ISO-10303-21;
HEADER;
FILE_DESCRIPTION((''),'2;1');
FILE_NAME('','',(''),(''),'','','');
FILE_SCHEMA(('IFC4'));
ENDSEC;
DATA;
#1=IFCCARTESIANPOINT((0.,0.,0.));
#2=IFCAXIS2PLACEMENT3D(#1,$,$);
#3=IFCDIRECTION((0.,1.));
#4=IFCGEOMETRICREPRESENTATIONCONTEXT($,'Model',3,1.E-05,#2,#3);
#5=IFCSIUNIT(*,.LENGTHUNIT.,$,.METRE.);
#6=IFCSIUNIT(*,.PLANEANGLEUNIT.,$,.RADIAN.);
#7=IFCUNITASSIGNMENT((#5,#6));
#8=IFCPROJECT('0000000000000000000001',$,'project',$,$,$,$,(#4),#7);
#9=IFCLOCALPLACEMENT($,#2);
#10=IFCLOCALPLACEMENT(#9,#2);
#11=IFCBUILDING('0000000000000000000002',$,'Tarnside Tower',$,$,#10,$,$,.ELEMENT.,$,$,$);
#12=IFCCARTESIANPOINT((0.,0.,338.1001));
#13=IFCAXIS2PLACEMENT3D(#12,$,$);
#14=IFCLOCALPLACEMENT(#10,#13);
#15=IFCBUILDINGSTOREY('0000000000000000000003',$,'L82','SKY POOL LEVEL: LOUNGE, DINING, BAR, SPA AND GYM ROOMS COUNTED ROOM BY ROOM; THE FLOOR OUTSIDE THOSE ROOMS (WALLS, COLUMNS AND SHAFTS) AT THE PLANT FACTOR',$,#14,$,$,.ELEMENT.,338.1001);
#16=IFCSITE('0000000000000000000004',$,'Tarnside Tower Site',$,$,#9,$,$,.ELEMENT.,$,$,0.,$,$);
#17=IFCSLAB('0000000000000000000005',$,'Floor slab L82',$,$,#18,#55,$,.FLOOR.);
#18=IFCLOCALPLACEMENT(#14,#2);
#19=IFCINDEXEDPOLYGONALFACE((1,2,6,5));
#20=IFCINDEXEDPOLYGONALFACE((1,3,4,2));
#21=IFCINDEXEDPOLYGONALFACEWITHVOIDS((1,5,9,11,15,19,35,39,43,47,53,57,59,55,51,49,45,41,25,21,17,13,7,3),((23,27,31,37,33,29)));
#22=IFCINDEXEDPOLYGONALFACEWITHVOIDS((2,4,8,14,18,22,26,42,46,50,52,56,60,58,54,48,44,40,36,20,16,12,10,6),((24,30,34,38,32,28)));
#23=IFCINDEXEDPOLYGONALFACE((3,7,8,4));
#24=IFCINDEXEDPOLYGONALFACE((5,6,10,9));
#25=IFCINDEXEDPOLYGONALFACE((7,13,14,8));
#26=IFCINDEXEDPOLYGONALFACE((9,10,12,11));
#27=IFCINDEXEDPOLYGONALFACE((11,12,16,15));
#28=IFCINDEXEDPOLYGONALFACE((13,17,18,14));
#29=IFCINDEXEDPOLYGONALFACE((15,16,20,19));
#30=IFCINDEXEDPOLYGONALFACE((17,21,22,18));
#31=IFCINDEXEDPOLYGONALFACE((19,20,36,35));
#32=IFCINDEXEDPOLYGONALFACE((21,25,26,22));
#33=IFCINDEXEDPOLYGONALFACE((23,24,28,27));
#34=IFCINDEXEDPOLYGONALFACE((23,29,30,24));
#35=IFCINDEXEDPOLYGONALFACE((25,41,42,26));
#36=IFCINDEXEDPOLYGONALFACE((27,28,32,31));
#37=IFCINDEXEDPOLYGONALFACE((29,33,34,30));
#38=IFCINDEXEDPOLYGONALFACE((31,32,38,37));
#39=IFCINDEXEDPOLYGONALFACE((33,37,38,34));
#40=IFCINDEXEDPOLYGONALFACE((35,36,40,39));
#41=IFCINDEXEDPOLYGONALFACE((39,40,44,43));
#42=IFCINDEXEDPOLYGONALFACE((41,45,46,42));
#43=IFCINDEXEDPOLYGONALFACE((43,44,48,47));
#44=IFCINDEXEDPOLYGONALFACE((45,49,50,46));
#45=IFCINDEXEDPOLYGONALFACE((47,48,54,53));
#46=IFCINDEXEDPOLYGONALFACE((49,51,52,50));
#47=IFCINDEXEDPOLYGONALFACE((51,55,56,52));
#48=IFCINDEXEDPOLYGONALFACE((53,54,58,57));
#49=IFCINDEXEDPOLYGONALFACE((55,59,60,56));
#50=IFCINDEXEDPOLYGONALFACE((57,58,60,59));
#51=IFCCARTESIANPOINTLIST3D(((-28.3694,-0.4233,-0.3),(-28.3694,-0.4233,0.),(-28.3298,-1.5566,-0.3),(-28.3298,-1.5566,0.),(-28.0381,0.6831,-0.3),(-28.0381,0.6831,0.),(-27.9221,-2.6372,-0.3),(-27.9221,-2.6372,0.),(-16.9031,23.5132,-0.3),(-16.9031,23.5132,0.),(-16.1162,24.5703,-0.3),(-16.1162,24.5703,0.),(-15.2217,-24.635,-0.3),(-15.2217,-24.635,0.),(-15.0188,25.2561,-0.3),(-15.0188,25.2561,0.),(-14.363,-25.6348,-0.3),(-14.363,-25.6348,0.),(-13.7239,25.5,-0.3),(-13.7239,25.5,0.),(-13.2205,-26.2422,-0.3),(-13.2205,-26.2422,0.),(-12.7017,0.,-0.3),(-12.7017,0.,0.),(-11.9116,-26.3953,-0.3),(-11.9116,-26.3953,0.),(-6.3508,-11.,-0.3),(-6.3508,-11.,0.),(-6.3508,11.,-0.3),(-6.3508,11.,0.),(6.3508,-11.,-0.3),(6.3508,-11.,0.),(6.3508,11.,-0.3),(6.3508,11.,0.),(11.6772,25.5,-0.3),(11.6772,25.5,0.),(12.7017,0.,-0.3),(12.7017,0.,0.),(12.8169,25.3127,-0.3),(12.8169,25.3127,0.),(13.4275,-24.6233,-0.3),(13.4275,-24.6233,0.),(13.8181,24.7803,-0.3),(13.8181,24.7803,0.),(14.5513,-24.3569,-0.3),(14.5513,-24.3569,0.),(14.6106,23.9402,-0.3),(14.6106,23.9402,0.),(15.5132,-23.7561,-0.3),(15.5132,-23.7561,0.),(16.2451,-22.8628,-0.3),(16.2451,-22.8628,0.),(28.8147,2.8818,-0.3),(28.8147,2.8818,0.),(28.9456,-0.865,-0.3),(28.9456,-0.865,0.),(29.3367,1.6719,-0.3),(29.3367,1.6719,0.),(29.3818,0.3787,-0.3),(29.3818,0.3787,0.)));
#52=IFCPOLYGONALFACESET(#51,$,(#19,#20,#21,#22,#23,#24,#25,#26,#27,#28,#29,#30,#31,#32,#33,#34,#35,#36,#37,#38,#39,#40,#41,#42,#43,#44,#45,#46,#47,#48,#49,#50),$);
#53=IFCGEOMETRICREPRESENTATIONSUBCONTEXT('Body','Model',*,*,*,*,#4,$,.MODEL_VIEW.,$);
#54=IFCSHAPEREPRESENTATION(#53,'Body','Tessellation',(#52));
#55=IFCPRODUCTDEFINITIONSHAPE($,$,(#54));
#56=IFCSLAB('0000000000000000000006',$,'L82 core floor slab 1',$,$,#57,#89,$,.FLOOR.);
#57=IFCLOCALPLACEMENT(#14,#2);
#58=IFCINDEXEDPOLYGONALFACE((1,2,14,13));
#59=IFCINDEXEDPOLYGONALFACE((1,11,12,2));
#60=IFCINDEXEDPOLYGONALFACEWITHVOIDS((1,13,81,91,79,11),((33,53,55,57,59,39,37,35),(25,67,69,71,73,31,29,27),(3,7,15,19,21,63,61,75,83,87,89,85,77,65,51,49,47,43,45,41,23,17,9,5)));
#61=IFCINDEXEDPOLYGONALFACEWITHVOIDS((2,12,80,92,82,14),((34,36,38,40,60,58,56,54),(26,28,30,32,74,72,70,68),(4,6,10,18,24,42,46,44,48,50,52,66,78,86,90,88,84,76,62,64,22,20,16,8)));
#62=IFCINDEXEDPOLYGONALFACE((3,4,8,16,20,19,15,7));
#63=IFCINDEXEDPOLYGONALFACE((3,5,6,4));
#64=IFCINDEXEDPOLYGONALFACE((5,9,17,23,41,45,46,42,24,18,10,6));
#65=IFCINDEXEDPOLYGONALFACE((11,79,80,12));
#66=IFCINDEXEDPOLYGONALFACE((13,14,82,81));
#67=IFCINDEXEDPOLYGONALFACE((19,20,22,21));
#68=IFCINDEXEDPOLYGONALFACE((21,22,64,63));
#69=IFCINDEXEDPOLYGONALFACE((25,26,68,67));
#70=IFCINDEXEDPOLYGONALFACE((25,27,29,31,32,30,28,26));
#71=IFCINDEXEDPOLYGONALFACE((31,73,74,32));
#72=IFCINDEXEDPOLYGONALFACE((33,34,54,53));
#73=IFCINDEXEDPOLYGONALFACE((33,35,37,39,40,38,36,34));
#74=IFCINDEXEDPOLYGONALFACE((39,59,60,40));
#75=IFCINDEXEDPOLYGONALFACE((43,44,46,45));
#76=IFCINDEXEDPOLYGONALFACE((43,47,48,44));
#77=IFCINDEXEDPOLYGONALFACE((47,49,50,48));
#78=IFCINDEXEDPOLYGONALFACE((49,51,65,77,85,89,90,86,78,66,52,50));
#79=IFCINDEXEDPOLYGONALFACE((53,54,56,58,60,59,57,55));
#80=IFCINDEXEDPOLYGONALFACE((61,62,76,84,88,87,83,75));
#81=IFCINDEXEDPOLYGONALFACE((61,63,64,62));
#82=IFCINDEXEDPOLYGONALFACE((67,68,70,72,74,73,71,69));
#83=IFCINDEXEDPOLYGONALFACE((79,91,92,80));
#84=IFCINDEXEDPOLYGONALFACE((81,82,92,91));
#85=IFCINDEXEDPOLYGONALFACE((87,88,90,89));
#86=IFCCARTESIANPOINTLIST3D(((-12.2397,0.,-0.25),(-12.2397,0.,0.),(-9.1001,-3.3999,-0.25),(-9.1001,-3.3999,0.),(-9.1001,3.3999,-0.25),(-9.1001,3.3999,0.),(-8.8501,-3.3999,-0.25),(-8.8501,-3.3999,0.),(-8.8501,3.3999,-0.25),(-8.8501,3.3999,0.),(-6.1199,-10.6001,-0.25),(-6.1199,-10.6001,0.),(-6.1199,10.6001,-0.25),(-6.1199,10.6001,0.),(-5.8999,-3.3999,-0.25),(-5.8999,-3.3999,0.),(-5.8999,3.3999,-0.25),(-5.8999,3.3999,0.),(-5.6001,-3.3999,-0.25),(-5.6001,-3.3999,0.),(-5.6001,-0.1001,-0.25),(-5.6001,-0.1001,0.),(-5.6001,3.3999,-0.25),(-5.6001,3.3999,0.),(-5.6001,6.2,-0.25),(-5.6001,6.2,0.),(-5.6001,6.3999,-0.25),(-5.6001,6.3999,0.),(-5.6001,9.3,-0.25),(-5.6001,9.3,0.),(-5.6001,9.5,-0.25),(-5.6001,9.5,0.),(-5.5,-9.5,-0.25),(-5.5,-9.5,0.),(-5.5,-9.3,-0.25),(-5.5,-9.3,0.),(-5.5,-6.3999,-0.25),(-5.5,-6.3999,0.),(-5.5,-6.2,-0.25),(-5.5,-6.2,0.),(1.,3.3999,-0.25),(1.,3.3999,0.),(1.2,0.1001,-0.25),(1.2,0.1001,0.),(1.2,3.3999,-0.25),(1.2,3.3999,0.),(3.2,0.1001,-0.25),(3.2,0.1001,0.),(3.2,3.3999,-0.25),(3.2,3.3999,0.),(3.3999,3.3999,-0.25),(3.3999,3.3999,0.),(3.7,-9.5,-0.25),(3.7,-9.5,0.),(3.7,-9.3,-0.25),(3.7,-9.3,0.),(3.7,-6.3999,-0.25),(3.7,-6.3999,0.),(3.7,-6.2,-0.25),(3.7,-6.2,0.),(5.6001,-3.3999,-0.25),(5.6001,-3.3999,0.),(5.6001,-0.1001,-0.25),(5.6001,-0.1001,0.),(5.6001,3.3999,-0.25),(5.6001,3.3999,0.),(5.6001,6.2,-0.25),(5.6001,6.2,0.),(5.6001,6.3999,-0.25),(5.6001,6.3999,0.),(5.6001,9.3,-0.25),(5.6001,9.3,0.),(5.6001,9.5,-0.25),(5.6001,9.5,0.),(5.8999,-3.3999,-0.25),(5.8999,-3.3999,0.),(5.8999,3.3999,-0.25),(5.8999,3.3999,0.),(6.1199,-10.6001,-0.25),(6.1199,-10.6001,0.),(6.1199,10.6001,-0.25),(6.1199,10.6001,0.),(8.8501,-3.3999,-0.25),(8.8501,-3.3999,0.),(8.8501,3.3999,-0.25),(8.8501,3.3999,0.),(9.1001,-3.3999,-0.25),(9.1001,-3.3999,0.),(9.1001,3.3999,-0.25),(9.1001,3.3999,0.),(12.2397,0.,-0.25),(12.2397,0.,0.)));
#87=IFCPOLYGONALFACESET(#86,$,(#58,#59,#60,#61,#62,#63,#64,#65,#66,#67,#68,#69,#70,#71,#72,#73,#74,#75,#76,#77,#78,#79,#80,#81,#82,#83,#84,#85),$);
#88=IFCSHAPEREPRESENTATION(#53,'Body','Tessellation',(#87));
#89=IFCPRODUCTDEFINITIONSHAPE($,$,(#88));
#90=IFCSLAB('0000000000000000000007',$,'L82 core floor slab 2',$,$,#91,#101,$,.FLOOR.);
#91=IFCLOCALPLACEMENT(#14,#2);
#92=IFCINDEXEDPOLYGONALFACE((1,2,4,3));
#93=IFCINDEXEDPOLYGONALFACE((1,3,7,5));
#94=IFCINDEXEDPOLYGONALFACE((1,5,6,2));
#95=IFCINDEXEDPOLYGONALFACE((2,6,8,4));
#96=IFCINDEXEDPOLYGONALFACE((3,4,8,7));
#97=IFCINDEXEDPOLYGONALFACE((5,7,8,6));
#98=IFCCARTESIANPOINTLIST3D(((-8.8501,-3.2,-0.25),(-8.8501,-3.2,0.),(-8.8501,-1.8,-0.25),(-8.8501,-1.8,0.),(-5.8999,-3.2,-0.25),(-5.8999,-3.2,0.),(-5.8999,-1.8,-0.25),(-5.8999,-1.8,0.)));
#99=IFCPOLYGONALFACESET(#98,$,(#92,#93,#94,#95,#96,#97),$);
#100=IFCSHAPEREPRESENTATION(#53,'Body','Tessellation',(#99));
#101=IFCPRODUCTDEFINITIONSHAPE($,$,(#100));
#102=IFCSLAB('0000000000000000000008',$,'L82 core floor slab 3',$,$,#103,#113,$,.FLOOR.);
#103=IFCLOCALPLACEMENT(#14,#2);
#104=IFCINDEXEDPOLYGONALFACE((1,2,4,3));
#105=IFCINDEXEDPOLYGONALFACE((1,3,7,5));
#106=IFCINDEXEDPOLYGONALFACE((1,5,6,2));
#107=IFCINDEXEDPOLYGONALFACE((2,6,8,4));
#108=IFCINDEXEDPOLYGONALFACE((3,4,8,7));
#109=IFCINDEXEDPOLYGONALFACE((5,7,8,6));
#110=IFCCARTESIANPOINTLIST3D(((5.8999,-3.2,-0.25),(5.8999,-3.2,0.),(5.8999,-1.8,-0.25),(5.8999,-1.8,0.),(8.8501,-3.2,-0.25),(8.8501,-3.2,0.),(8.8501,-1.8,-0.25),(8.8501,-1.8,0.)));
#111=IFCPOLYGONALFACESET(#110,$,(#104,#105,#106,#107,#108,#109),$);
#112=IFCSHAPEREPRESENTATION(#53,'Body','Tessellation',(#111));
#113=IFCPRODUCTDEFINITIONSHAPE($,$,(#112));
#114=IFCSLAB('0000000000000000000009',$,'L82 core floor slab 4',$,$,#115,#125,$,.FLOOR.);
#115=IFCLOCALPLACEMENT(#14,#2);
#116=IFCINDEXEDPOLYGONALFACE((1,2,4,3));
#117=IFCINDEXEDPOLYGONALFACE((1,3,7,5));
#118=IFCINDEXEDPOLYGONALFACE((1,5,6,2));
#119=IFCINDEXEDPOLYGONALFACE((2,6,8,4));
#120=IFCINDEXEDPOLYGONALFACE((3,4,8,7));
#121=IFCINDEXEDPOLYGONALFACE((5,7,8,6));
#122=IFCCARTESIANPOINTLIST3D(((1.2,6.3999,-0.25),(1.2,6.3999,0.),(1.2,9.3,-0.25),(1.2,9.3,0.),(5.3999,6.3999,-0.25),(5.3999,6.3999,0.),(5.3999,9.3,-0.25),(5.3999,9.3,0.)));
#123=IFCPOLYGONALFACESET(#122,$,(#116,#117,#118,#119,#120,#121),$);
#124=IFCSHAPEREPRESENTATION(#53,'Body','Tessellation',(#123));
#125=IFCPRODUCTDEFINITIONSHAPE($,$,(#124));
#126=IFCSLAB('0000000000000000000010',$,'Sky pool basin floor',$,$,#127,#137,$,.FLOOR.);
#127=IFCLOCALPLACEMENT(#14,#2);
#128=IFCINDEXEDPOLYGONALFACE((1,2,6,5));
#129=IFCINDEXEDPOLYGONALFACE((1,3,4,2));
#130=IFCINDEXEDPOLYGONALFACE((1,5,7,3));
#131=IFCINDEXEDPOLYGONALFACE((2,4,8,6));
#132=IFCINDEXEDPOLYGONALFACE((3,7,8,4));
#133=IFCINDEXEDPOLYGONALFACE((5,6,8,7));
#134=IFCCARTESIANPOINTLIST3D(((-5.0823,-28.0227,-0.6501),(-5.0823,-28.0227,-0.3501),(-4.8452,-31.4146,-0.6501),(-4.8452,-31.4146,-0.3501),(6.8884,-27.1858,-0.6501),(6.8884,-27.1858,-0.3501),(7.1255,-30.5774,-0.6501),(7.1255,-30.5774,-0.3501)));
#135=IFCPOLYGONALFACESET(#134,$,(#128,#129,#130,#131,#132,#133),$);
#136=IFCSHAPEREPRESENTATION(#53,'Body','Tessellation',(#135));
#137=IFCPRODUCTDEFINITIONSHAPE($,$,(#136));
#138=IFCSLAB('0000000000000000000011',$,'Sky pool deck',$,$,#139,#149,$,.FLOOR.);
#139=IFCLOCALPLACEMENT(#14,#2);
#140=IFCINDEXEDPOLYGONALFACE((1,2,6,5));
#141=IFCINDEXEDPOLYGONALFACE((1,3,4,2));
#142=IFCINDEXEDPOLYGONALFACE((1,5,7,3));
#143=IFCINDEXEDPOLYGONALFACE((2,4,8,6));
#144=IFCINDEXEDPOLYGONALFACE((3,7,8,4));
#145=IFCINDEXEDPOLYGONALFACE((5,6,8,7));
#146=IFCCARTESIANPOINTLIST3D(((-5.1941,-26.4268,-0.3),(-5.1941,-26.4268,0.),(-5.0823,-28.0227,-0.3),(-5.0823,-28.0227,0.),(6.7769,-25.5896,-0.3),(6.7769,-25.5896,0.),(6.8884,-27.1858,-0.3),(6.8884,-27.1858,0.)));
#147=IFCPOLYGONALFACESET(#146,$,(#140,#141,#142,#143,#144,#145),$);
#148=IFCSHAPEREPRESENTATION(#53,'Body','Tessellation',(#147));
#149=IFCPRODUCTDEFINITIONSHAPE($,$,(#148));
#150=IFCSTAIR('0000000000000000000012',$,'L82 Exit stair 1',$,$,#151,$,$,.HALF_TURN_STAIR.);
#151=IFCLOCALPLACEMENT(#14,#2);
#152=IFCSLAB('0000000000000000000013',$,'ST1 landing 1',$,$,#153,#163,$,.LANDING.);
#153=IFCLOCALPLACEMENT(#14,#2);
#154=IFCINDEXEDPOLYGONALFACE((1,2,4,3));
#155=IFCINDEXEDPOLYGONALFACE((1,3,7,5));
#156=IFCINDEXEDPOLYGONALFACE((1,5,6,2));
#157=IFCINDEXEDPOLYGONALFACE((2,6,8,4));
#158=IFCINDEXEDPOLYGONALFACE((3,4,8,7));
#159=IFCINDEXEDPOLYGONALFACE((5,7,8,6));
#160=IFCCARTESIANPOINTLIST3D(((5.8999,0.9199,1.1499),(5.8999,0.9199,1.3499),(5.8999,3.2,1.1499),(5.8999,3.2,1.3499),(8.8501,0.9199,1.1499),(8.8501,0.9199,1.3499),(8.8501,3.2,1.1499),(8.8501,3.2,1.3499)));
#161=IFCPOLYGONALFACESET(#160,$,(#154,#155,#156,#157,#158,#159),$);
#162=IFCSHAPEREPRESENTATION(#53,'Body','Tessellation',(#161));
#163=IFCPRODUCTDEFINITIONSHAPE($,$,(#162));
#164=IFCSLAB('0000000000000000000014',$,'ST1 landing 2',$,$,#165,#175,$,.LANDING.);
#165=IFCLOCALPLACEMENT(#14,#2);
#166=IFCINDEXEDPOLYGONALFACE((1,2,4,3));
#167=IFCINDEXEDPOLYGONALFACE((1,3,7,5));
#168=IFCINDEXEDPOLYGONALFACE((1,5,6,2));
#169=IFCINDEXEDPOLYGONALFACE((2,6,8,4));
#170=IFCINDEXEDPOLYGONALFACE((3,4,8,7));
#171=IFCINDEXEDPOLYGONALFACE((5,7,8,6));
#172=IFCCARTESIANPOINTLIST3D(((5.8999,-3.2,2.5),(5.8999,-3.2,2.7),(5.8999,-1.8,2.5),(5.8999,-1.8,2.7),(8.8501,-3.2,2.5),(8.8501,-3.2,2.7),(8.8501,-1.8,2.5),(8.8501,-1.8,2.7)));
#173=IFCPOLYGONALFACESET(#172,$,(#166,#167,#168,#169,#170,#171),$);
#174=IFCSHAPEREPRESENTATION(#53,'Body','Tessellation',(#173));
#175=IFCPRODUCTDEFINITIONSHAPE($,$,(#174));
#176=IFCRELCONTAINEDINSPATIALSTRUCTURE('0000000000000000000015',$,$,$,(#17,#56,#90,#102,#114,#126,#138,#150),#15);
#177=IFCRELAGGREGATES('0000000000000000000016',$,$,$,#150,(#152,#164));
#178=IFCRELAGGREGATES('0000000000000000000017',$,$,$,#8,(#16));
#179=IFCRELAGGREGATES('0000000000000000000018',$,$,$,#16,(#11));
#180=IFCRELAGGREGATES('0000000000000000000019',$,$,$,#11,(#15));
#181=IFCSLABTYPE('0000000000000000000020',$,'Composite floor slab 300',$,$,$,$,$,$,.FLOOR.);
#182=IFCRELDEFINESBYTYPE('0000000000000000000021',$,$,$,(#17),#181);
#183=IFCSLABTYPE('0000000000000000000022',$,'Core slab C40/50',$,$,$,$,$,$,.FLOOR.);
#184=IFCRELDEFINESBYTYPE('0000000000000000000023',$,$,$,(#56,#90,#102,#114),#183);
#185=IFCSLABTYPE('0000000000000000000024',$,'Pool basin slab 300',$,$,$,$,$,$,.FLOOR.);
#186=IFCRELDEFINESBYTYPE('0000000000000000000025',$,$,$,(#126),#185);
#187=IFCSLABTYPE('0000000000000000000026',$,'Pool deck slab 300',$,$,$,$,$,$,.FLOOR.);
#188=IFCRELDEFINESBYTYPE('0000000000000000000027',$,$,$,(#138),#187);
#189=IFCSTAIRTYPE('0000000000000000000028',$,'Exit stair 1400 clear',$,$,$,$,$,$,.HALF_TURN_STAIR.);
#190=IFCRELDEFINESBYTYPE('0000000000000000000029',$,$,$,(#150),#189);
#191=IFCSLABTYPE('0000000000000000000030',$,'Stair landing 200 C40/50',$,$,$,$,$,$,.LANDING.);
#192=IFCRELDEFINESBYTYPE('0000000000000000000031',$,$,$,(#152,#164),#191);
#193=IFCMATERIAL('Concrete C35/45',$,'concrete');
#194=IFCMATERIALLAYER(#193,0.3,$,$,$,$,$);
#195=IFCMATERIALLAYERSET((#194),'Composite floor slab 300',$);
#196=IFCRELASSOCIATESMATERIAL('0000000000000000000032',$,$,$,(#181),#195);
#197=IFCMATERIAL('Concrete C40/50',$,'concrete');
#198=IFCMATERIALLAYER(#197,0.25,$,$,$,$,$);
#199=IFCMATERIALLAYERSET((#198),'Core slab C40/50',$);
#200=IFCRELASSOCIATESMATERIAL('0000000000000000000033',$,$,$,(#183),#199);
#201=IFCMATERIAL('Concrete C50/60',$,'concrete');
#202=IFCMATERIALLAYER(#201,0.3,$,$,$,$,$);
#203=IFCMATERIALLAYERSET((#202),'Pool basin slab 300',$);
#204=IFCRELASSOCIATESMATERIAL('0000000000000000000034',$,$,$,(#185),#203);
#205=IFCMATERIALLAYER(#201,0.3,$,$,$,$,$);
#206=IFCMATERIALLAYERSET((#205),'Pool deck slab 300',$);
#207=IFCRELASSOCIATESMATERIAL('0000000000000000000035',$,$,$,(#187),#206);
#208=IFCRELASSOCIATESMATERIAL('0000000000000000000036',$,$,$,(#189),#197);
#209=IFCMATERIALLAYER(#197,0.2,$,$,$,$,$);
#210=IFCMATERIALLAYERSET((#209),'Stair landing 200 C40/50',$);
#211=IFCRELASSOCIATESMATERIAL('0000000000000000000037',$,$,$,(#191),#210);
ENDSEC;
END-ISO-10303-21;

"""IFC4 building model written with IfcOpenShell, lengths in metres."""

from ifc_helpers import new_model, si_unit, direction, frame, origin, place, context, subcontext, project, spatial, polyline, outline, extrude, material, layer, layer_set, type_object, element, aggregate, save


model = new_model("IFC4")

# Units and contexts
model_context = context("Model", 3, precision=1e-05, world=origin(), true_north=direction((0.0, 1.0)))
body_context = subcontext(model_context, "Body", "Model", "MODEL_VIEW")
ifc_project = project(units=[si_unit("LENGTHUNIT", "METRE"), si_unit("PLANEANGLEUNIT", "RADIAN")], contexts=[model_context])

# Site, building, storey
site_placement = place(None, origin())
site = spatial("IfcSite", under=ifc_project, at=site_placement, Name="Tarnside Tower Site", CompositionType="ELEMENT", RefElevation=0.0)
building_placement = place(site_placement, origin())
building = spatial("IfcBuilding", under=site, at=building_placement, Name="Tarnside Tower", CompositionType="ELEMENT")
storey_placement = place(building_placement, frame((0.0, 0.0, 338.1001)))
storey = spatial("IfcBuildingStorey", under=building, at=storey_placement, Name="L82", Description="SKY POOL LEVEL: LOUNGE, DINING, BAR, SPA AND GYM ROOMS COUNTED ROOM BY ROOM; THE FLOOR OUTSIDE THOSE ROOMS (WALLS, COLUMNS AND SHAFTS) AT THE PLANT FACTOR", CompositionType="ELEMENT", Elevation=338.1001)

# Slabs
ifc_material_1 = material(Name="Concrete C35/45", Category="concrete")
ifc_layer_1 = layer(ifc_material_1, 0.3)
ifc_layer_set_1 = layer_set([ifc_layer_1], Name="Composite floor slab 300")
slab_type_1 = type_object("IfcSlabType", Name="Composite floor slab 300", PredefinedType="FLOOR", material=ifc_layer_set_1)
slab_1_placement = place(storey_placement, frame((0.0, 0.0, -0.3)))
element("IfcSlab", 1, at=slab_1_placement, inside=storey, type_object=slab_type_1, Name="Floor slab L82", PredefinedType="FLOOR", context=body_context, shape_type="SweptSolid", body=[
    extrude(outline(polyline([(12.8169, 25.3127), (13.8181, 24.7803), (14.6106, 23.9402), (28.8147, 2.8818), (29.3367, 1.6719), (29.3818, 0.3787), (28.9456, -0.865), (16.2451, -22.8628), (15.5132, -23.7561), (14.5513, -24.3569), (13.4275, -24.6233), (-11.9116, -26.3953), (-13.2205, -26.2422), (-14.363, -25.6348), (-15.2217, -24.635), (-27.9221, -2.6372), (-28.3298, -1.5566), (-28.3694, -0.4233), (-28.0381, 0.6831), (-16.9031, 23.5132), (-16.1162, 24.5703), (-15.0188, 25.2561), (-13.7239, 25.5), (11.6772, 25.5), (12.8169, 25.3127)]), holes=[polyline([(-12.7017, 0.0), (-6.3508, -11.0), (6.3508, -11.0), (12.7017, 0.0), (6.3508, 11.0), (-6.3508, 11.0), (-12.7017, 0.0)])]), origin(), (0.0, 0.0, 1.0), 0.3),
])
ifc_material_2 = material(Name="Concrete C40/50", Category="concrete")
ifc_layer_2 = layer(ifc_material_2, 0.25)
ifc_layer_set_2 = layer_set([ifc_layer_2], Name="Core slab C40/50")
slab_type_2 = type_object("IfcSlabType", Name="Core slab C40/50", PredefinedType="FLOOR", material=ifc_layer_set_2)
slab_2_placement = place(storey_placement, frame((0.0, 0.0, -0.25)))
element("IfcSlab", 2, at=slab_2_placement, inside=storey, type_object=slab_type_2, Name="L82 core floor slab 1", PredefinedType="FLOOR", context=body_context, shape_type="SweptSolid", body=[
    extrude(outline(polyline([(6.1199, 10.6001), (12.2397, 0.0), (6.1199, -10.6001), (-6.1199, -10.6001), (-12.2397, 0.0), (-6.1199, 10.6001), (6.1199, 10.6001)]), holes=[polyline([(-5.5, -9.5), (3.7, -9.5), (3.7, -9.3), (3.7, -6.3999), (3.7, -6.2), (-5.5, -6.2), (-5.5, -6.3999), (-5.5, -9.3), (-5.5, -9.5)]), polyline([(-5.6001, -3.3999), (-5.6001, -0.1001), (5.6001, -0.1001), (5.6001, -3.3999), (5.8999, -3.3999), (8.8501, -3.3999), (9.1001, -3.3999), (9.1001, 3.3999), (8.8501, 3.3999), (5.8999, 3.3999), (5.6001, 3.3999), (3.3999, 3.3999), (3.2, 3.3999), (3.2, 0.1001), (1.2, 0.1001), (1.2, 3.3999), (1.0, 3.3999), (-5.6001, 3.3999), (-5.8999, 3.3999), (-8.8501, 3.3999), (-9.1001, 3.3999), (-9.1001, -3.3999), (-8.8501, -3.3999), (-5.8999, -3.3999), (-5.6001, -3.3999)]), polyline([(-5.6001, 6.2), (5.6001, 6.2), (5.6001, 6.3999), (5.6001, 9.3), (5.6001, 9.5), (-5.6001, 9.5), (-5.6001, 9.3), (-5.6001, 6.3999), (-5.6001, 6.2)])]), origin(), (0.0, 0.0, 1.0), 0.25),
])
slab_3_placement = place(storey_placement, frame((0.0, 0.0, -0.25)))
element("IfcSlab", 3, at=slab_3_placement, inside=storey, type_object=slab_type_2, Name="L82 core floor slab 2", PredefinedType="FLOOR", context=body_context, shape_type="SweptSolid", body=[
    extrude(outline(polyline([(-8.8501, -3.2), (-8.8501, -1.8), (-5.8999, -1.8), (-5.8999, -3.2), (-8.8501, -3.2)])), origin(), (0.0, 0.0, 1.0), 0.25),
])
slab_4_placement = place(storey_placement, frame((0.0, 0.0, -0.25)))
element("IfcSlab", 4, at=slab_4_placement, inside=storey, type_object=slab_type_2, Name="L82 core floor slab 3", PredefinedType="FLOOR", context=body_context, shape_type="SweptSolid", body=[
    extrude(outline(polyline([(5.8999, -1.8), (8.8501, -1.8), (8.8501, -3.2), (5.8999, -3.2), (5.8999, -1.8)])), origin(), (0.0, 0.0, 1.0), 0.25),
])
slab_5_placement = place(storey_placement, frame((0.0, 0.0, -0.25)))
element("IfcSlab", 5, at=slab_5_placement, inside=storey, type_object=slab_type_2, Name="L82 core floor slab 4", PredefinedType="FLOOR", context=body_context, shape_type="SweptSolid", body=[
    extrude(outline(polyline([(5.3999, 6.3999), (1.2, 6.3999), (1.2, 9.3), (5.3999, 9.3), (5.3999, 6.3999)])), origin(), (0.0, 0.0, 1.0), 0.25),
])
ifc_material_3 = material(Name="Concrete C50/60", Category="concrete")
ifc_layer_3 = layer(ifc_material_3, 0.3)
ifc_layer_set_3 = layer_set([ifc_layer_3], Name="Pool basin slab 300")
slab_type_3 = type_object("IfcSlabType", Name="Pool basin slab 300", PredefinedType="FLOOR", material=ifc_layer_set_3)
slab_6_placement = place(storey_placement, frame((0.0, 0.0, -0.6501)))
element("IfcSlab", 6, at=slab_6_placement, inside=storey, type_object=slab_type_3, Name="Sky pool basin floor", PredefinedType="FLOOR", context=body_context, shape_type="SweptSolid", body=[
    extrude(outline(polyline([(-5.0823, -28.0227), (6.8884, -27.1858), (7.1255, -30.5774), (-4.8452, -31.4146), (-5.0823, -28.0227)])), origin(), (0.0, 0.0, 1.0), 0.3),
])
ifc_layer_4 = layer(ifc_material_3, 0.3)
ifc_layer_set_4 = layer_set([ifc_layer_4], Name="Pool deck slab 300")
slab_type_4 = type_object("IfcSlabType", Name="Pool deck slab 300", PredefinedType="FLOOR", material=ifc_layer_set_4)
slab_7_placement = place(storey_placement, frame((0.0, 0.0, -0.3)))
element("IfcSlab", 7, at=slab_7_placement, inside=storey, type_object=slab_type_4, Name="Sky pool deck", PredefinedType="FLOOR", context=body_context, shape_type="SweptSolid", body=[
    extrude(outline(polyline([(-5.1941, -26.4268), (6.7769, -25.5896), (6.8884, -27.1858), (-5.0823, -28.0227), (-5.1941, -26.4268)])), origin(), (0.0, 0.0, 1.0), 0.3),
])

# Stair, slabs
stair_type = type_object("IfcStairType", Name="Exit stair 1400 clear", PredefinedType="HALF_TURN_STAIR", material=ifc_material_2)
stair_1_placement = place(storey_placement, origin())
stair_1 = element("IfcStair", 8, at=stair_1_placement, inside=storey, type_object=stair_type, Name="L82 Exit stair 1", PredefinedType="HALF_TURN_STAIR")
ifc_layer_5 = layer(ifc_material_2, 0.2)
ifc_layer_set_5 = layer_set([ifc_layer_5], Name="Stair landing 200 C40/50")
slab_type_5 = type_object("IfcSlabType", Name="Stair landing 200 C40/50", PredefinedType="LANDING", material=ifc_layer_set_5)
slab_8_placement = place(storey_placement, frame((0.0, 0.0, 1.1499)))
slab_8 = element("IfcSlab", 9, at=slab_8_placement, type_object=slab_type_5, Name="ST1 landing 1", PredefinedType="LANDING", context=body_context, shape_type="SweptSolid", body=[
    extrude(outline(polyline([(8.8501, 0.9199), (8.8501, 3.2), (5.8999, 3.2), (5.8999, 0.9199), (8.8501, 0.9199)])), origin(), (0.0, 0.0, 1.0), 0.2),
])
slab_9_placement = place(storey_placement, frame((0.0, 0.0, 2.5)))
slab_9 = element("IfcSlab", 10, at=slab_9_placement, type_object=slab_type_5, Name="ST1 landing 2", PredefinedType="LANDING", context=body_context, shape_type="SweptSolid", body=[
    extrude(outline(polyline([(8.8501, -3.2), (8.8501, -1.8), (5.8999, -1.8), (5.8999, -3.2), (8.8501, -3.2)])), origin(), (0.0, 0.0, 1.0), 0.2),
])

aggregate(stair_1, [slab_8, slab_9])

save(model, "model.ifc")
